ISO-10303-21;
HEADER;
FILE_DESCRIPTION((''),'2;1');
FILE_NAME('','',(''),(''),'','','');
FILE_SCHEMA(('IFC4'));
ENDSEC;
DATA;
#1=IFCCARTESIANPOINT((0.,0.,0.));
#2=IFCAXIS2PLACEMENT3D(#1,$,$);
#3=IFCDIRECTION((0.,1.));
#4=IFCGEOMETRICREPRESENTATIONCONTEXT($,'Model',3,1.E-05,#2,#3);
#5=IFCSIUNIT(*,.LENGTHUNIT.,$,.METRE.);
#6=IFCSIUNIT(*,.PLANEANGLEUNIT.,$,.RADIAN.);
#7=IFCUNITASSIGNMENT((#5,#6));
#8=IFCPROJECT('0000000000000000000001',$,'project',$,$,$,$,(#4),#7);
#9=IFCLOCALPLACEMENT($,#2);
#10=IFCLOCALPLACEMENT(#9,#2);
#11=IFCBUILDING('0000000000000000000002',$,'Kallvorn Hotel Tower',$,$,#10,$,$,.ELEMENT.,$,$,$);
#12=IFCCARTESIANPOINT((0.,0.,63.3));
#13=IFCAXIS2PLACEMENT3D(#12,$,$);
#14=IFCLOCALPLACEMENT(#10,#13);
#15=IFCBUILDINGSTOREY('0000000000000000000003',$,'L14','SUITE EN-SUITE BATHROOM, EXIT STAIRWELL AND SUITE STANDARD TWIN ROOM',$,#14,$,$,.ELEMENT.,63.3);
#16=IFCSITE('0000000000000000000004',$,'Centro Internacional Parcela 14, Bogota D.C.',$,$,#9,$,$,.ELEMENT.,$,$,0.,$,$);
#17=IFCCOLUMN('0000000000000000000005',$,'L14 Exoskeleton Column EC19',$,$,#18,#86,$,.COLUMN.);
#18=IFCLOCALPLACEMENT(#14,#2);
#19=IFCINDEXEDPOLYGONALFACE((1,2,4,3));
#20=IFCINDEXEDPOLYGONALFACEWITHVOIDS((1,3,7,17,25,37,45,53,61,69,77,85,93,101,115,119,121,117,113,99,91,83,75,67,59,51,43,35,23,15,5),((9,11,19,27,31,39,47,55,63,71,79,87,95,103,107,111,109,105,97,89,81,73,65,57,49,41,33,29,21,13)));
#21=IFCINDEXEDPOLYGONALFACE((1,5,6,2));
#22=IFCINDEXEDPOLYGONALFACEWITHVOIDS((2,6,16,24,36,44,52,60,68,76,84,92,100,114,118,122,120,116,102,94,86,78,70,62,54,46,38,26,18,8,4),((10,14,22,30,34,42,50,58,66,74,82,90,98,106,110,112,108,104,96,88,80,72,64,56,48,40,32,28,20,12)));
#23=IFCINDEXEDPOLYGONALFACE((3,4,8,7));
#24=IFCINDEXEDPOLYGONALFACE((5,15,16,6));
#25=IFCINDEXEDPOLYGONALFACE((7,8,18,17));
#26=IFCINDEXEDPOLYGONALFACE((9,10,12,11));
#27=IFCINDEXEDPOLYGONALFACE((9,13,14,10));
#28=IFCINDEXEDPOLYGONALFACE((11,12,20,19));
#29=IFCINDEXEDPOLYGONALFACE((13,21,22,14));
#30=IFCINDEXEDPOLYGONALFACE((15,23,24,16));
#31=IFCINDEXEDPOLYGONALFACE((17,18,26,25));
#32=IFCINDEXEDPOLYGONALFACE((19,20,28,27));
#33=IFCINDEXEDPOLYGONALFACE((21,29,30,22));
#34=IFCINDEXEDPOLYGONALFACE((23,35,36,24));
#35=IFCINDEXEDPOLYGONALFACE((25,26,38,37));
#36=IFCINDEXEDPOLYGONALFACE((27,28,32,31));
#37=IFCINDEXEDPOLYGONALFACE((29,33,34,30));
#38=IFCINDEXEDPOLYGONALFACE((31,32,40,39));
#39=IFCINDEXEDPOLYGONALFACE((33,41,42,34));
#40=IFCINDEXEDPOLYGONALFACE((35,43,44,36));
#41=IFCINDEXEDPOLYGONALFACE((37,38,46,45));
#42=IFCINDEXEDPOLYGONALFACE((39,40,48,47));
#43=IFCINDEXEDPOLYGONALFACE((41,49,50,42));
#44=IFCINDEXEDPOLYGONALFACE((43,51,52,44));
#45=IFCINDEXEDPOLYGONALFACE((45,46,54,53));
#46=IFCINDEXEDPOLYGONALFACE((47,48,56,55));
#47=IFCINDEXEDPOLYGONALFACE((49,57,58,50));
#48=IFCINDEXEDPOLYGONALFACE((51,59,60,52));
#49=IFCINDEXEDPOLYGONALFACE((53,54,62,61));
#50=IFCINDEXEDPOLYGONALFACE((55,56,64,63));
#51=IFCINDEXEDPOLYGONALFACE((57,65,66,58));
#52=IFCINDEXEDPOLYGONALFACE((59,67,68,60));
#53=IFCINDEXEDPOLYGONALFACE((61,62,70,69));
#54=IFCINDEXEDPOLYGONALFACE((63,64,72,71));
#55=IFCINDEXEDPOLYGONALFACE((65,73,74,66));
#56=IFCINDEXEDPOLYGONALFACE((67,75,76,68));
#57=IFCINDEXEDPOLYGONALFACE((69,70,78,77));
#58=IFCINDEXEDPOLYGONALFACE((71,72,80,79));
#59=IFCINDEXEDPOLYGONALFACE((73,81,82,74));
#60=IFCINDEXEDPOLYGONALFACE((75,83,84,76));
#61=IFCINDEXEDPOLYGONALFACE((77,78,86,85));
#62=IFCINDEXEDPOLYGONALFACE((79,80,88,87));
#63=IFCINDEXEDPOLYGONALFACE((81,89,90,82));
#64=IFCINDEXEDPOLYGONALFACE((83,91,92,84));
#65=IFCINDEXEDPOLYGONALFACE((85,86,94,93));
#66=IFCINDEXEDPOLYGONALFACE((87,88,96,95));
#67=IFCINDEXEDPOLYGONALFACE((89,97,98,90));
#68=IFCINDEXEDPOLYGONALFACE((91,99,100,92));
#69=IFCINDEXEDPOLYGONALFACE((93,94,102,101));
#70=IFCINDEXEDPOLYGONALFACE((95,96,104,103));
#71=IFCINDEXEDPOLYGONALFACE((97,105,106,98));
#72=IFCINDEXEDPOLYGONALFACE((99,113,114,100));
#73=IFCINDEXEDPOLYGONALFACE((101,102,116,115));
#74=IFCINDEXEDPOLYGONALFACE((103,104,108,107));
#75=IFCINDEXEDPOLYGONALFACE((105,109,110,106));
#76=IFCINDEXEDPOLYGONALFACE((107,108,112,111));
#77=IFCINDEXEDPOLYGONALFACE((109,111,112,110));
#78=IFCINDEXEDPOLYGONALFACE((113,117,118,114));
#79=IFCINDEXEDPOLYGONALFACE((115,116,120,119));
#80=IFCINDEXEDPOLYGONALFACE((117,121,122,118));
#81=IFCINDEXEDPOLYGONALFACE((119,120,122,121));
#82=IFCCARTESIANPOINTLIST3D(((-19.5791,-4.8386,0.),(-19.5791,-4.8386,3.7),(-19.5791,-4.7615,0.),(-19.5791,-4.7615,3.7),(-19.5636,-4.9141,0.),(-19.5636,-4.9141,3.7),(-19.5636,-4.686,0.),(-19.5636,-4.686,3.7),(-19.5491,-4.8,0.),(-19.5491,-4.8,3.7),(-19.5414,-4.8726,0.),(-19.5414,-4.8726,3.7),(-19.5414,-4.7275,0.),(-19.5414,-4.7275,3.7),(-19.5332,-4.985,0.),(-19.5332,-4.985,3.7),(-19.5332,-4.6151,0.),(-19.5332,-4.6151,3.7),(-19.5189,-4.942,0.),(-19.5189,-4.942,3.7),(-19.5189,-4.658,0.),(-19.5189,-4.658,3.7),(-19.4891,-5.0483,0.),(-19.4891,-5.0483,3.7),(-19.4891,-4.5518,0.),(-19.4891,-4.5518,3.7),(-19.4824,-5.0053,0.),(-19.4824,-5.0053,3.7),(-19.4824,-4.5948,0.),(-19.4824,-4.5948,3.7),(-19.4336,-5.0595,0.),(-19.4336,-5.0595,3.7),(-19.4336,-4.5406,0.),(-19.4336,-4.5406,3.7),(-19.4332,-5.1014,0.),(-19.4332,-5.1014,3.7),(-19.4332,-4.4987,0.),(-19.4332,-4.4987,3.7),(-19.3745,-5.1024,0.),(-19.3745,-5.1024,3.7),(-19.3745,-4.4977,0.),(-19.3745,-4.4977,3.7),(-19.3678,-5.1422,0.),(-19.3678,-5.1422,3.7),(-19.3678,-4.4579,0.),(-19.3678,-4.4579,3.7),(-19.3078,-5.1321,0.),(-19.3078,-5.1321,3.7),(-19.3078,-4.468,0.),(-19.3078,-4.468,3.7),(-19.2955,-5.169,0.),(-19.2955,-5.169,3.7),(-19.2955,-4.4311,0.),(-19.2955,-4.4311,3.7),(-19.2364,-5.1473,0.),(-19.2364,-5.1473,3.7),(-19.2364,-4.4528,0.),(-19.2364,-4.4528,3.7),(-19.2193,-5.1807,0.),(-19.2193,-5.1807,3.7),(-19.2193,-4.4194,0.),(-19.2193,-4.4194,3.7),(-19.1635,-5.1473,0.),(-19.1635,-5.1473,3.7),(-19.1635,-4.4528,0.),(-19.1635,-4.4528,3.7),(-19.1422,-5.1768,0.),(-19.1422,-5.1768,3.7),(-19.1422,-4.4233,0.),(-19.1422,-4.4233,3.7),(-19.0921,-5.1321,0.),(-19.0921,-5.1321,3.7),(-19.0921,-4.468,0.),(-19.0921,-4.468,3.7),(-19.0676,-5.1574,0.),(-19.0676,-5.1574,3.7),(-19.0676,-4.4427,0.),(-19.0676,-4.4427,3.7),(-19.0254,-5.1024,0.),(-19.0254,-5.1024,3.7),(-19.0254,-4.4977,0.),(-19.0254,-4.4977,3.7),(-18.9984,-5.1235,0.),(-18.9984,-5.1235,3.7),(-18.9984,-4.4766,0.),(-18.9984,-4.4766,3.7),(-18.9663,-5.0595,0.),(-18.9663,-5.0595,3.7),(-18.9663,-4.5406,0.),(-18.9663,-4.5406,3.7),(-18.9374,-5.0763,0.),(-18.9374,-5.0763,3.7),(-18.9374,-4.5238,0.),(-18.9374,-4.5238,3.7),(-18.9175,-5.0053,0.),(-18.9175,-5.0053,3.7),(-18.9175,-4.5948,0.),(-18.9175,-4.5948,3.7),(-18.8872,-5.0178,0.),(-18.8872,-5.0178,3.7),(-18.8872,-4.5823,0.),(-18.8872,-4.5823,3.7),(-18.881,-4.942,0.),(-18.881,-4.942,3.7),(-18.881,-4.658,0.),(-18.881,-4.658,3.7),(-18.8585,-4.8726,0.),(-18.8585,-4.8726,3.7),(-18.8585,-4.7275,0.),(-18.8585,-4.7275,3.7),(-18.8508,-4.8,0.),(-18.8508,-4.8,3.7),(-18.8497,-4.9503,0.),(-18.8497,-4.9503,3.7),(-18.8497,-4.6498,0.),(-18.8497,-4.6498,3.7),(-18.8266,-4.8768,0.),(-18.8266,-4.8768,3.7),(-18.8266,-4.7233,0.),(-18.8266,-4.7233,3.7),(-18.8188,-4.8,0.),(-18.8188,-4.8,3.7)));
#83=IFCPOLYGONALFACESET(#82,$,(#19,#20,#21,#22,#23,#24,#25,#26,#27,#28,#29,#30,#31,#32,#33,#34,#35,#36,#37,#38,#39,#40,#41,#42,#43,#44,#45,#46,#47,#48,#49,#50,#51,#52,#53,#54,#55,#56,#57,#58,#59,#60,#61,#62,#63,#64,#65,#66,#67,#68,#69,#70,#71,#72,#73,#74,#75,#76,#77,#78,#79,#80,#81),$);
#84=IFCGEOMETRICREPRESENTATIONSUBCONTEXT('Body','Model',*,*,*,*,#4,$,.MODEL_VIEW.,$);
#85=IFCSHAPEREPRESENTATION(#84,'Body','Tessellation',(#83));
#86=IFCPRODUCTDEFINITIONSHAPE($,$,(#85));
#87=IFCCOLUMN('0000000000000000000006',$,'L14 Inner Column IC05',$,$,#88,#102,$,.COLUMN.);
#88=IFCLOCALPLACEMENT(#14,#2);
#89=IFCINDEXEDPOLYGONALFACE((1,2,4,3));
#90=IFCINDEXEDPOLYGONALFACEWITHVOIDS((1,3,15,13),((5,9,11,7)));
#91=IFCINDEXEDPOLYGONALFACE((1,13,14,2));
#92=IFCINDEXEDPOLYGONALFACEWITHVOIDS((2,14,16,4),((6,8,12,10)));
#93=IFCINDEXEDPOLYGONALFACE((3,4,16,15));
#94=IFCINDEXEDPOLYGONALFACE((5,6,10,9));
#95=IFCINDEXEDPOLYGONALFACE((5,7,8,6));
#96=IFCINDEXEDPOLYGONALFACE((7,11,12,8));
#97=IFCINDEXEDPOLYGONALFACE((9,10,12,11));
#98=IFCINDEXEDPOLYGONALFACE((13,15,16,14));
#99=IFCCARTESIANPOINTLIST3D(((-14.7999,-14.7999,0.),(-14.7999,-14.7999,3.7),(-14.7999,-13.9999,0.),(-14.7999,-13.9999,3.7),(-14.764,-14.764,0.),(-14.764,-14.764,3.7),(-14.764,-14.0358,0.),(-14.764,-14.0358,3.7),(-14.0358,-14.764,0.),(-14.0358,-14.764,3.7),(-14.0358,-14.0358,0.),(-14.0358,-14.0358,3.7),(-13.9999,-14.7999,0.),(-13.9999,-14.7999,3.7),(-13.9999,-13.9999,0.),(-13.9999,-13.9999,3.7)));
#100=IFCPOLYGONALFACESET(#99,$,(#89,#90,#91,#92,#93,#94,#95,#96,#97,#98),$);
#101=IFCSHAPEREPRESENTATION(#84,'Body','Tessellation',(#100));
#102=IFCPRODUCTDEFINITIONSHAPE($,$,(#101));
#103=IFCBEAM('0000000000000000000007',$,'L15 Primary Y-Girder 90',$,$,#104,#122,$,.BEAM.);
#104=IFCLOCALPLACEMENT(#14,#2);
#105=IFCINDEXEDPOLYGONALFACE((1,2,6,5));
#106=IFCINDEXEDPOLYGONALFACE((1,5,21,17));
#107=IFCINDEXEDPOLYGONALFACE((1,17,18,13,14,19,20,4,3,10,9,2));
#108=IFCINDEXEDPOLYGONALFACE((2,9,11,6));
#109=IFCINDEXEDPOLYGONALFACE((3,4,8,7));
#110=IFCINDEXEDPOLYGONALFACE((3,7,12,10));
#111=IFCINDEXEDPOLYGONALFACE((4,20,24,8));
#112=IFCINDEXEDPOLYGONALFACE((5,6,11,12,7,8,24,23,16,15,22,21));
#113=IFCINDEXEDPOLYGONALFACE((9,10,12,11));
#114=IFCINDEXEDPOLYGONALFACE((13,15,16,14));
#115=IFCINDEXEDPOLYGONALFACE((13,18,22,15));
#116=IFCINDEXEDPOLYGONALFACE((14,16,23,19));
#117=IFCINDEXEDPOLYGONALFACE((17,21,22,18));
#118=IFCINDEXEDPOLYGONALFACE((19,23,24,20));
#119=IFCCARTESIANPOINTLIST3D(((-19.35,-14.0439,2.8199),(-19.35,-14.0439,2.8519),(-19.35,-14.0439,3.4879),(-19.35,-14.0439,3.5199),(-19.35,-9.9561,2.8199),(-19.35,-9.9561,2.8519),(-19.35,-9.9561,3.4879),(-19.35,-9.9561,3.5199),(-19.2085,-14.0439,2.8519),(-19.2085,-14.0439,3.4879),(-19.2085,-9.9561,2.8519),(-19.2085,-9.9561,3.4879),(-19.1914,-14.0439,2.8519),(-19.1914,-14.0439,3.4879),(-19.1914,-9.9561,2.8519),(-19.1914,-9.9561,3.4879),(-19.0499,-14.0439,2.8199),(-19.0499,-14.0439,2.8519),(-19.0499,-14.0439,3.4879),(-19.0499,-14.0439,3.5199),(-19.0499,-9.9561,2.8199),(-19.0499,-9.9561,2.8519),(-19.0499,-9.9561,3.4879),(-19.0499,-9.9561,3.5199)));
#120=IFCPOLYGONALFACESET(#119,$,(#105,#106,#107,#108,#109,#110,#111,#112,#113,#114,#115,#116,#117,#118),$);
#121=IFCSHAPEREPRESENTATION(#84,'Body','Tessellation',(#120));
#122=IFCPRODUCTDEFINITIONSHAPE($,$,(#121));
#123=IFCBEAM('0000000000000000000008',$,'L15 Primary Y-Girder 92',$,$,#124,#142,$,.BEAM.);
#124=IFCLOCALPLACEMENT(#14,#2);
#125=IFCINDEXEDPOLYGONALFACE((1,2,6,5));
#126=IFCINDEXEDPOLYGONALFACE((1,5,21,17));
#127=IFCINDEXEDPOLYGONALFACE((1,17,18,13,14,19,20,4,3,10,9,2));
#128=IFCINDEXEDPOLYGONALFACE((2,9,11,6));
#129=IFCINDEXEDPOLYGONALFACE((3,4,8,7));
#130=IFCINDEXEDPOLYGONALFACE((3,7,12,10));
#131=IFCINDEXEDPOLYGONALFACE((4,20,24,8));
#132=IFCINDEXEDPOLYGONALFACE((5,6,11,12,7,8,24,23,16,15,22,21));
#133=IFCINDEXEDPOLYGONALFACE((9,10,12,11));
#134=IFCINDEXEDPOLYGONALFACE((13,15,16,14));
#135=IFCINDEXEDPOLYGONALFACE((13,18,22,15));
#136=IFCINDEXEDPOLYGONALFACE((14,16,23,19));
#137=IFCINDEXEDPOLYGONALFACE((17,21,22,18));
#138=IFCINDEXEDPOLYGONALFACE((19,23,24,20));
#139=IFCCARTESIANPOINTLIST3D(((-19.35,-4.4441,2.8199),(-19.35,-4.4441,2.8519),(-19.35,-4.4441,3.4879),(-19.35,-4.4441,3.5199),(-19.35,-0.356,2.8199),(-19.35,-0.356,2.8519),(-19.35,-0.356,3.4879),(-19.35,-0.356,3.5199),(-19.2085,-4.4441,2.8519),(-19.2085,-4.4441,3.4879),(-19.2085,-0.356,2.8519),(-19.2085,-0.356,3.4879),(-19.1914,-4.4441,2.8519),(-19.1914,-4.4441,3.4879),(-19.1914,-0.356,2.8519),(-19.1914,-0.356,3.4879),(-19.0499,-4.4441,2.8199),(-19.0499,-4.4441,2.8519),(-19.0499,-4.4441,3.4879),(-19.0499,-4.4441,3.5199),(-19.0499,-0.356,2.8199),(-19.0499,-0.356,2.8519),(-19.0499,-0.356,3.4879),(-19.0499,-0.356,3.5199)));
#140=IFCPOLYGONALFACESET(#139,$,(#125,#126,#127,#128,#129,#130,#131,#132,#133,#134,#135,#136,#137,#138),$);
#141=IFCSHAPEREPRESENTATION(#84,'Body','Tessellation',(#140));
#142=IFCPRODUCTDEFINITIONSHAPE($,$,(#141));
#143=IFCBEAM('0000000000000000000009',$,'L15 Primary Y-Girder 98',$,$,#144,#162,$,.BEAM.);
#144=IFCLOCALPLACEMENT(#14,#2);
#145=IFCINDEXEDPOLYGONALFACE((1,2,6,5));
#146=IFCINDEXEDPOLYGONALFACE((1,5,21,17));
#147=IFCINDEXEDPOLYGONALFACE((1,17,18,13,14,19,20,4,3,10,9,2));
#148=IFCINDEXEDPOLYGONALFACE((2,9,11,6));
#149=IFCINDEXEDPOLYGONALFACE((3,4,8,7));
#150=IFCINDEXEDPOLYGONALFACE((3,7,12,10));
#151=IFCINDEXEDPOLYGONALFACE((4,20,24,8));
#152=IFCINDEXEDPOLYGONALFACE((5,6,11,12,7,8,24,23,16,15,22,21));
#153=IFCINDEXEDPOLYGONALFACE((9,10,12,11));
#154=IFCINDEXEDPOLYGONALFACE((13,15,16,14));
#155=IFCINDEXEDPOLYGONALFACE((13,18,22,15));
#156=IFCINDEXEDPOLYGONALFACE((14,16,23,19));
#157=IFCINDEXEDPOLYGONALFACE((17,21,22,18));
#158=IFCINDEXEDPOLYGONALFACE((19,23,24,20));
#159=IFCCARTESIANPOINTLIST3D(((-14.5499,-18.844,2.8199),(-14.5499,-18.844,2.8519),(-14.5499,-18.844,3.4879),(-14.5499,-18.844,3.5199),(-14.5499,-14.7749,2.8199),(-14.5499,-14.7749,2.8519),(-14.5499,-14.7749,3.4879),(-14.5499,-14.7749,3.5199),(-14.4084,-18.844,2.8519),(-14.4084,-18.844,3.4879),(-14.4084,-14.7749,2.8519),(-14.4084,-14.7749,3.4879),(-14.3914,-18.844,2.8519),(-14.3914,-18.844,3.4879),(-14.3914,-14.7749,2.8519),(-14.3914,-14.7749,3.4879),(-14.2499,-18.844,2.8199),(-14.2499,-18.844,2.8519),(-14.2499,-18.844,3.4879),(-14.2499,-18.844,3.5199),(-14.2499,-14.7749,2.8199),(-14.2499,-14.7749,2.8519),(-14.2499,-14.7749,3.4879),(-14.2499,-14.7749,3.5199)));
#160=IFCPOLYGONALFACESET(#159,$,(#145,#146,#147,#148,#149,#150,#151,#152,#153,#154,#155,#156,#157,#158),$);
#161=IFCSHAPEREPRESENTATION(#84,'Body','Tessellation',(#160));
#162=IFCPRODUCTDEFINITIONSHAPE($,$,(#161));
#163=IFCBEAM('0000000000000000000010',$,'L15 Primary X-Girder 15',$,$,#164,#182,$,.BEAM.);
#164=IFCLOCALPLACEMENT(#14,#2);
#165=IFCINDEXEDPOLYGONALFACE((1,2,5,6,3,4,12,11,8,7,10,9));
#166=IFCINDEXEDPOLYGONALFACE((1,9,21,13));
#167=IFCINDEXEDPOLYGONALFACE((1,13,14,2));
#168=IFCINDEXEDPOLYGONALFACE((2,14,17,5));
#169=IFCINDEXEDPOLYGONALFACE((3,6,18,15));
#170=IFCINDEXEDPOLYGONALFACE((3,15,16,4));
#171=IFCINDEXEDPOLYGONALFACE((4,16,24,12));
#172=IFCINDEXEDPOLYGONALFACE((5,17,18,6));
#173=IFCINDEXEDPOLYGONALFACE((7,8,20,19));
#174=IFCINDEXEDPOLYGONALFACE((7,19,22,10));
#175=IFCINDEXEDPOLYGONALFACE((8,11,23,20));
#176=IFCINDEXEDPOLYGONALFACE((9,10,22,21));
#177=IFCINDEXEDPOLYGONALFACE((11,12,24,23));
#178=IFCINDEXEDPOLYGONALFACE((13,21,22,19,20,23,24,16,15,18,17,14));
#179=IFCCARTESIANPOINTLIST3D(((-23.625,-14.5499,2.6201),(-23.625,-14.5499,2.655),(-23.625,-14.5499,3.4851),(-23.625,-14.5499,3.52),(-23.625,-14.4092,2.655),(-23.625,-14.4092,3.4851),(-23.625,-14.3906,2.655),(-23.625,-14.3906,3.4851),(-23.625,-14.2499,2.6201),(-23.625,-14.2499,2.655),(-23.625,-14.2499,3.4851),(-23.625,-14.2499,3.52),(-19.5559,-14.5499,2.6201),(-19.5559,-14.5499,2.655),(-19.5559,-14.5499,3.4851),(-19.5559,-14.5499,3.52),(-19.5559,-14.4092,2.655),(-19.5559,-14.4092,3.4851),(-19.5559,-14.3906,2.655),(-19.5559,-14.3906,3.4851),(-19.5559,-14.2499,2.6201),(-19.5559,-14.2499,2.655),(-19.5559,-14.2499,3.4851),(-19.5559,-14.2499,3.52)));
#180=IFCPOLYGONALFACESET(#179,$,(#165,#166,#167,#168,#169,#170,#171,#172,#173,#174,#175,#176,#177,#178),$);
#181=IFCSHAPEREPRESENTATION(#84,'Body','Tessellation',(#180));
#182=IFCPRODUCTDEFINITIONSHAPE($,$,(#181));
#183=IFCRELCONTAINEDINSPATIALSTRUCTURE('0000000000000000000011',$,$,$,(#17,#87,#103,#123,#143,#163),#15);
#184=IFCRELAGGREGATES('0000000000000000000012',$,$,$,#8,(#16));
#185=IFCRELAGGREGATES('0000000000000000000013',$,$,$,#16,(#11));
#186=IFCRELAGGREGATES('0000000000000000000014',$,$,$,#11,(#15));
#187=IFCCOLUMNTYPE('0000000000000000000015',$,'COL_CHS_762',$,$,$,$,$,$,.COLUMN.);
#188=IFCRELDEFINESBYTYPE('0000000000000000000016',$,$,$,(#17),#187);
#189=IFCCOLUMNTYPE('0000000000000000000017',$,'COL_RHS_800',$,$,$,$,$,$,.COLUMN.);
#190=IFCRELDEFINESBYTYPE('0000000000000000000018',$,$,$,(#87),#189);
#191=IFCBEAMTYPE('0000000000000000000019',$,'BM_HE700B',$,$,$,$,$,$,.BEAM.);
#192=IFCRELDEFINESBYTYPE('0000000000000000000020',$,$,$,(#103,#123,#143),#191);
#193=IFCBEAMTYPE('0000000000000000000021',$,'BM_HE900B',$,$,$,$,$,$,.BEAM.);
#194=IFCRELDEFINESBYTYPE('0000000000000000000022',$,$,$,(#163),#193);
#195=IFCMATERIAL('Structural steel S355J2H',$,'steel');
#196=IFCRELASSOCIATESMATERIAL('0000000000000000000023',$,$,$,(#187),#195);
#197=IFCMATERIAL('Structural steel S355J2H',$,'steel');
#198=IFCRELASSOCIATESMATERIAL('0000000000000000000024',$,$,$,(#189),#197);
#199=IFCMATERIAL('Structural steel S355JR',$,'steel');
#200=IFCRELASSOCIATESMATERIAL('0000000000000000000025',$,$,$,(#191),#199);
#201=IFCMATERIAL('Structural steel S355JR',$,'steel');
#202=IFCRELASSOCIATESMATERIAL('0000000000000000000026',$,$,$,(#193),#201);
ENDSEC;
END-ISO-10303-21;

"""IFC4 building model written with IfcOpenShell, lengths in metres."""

from ifc_helpers import new_model, si_unit, direction, frame, origin, origin_2d, place, context, subcontext, project, spatial, hollow_rectangle, hollow_circle, i_section, extrude, material, material_profile, profile_set, type_object, element, save


model = new_model("IFC4")

# Units and contexts
model_context = context("Model", 3, precision=1e-05, world=origin(), true_north=direction((0.0, 1.0)))
body_context = subcontext(model_context, "Body", "Model", "MODEL_VIEW")
ifc_project = project(units=[si_unit("LENGTHUNIT", "METRE"), si_unit("PLANEANGLEUNIT", "RADIAN")], contexts=[model_context])

# Site, building, storey
site_placement = place(None, origin())
site = spatial("IfcSite", under=ifc_project, at=site_placement, Name="Centro Internacional Parcela 14, Bogota D.C.", CompositionType="ELEMENT", RefElevation=0.0)
building_placement = place(site_placement, origin())
building = spatial("IfcBuilding", under=site, at=building_placement, Name="Kallvorn Hotel Tower", CompositionType="ELEMENT")
storey_placement = place(building_placement, frame((0.0, 0.0, 63.3)))
storey = spatial("IfcBuildingStorey", under=building, at=storey_placement, Name="L14", Description="SUITE EN-SUITE BATHROOM, EXIT STAIRWELL AND SUITE STANDARD TWIN ROOM", CompositionType="ELEMENT", Elevation=63.3)

# Columns
ifc_material_1 = material(Name="Structural steel S355J2H", Category="steel")
ifc_material_profile_1 = material_profile(ifc_material_1, hollow_circle(Radius=0.3811, WallThickness=0.032, at=origin_2d()), Name="CHS 762x32")
ifc_profile_set_1 = profile_set([ifc_material_profile_1], Name="Structural steel S355J2H")
column_type_1 = type_object("IfcColumnType", Name="COL_CHS_762", PredefinedType="COLUMN", material=ifc_profile_set_1)
for number, where, z_axis, x_axis, name in (
    (1, (-19.2, -4.8, 0.0), (0.0, 0.0, 1.0), (1.0, 0.0, 0.0), "L14 Exoskeleton Column EC19"),
):
    element("IfcColumn", number, at=place(storey_placement, frame(where, z_axis=z_axis, x_axis=x_axis)), inside=storey, type_object=column_type_1, Name=name, PredefinedType="COLUMN", context=body_context, shape_type="SweptSolid", body=[
        extrude(hollow_circle(Radius=0.3811, WallThickness=0.032, at=origin_2d()), origin(), (0.0, 0.0, 1.0), 3.7),
    ])
ifc_material_2 = material(Name="Structural steel S355J2H", Category="steel")
ifc_material_profile_2 = material_profile(ifc_material_2, hollow_rectangle(XDim=0.8, YDim=0.8, WallThickness=0.0359, at=origin_2d()), Name="RHS 800x800x36")
ifc_profile_set_2 = profile_set([ifc_material_profile_2], Name="Structural steel S355J2H")
column_type_2 = type_object("IfcColumnType", Name="COL_RHS_800", PredefinedType="COLUMN", material=ifc_profile_set_2)
column_placement = place(storey_placement, frame((-14.3999, -14.3999, 0.0), z_axis=(0.0, 0.0, 1.0), x_axis=(1.0, 0.0, 0.0)))
element("IfcColumn", 2, at=column_placement, inside=storey, type_object=column_type_2, Name="L14 Inner Column IC05", PredefinedType="COLUMN", context=body_context, shape_type="SweptSolid", body=[
    extrude(hollow_rectangle(XDim=0.8, YDim=0.8, WallThickness=0.0359, at=origin_2d()), origin(), (0.0, 0.0, 1.0), 3.7),
])

# Beams
ifc_material_3 = material(Name="Structural steel S355JR", Category="steel")
ifc_material_profile_3 = material_profile(ifc_material_3, i_section(OverallWidth=0.3, OverallDepth=0.7, WebThickness=0.0171, FlangeThickness=0.032, at=origin_2d()), Name="HE 700 B")
ifc_profile_set_3 = profile_set([ifc_material_profile_3], Name="Structural steel S355JR")
beam_type_1 = type_object("IfcBeamType", Name="BM_HE700B", PredefinedType="BEAM", material=ifc_profile_set_3)
beam_1_placement = place(storey_placement, frame((-19.2, -14.0439, 3.1699), z_axis=(0.0, 1.0, 0.0), x_axis=(-1.0, 0.0, 0.0)))
element("IfcBeam", 3, at=beam_1_placement, inside=storey, type_object=beam_type_1, Name="L15 Primary Y-Girder 90", PredefinedType="BEAM", context=body_context, shape_type="SweptSolid", body=[
    extrude(i_section(OverallWidth=0.3, OverallDepth=0.7, WebThickness=0.0171, FlangeThickness=0.032, at=origin_2d()), origin(), (0.0, 0.0, 1.0), 4.0879),
])
beam_2_placement = place(storey_placement, frame((-19.2, -4.4441, 3.1699), z_axis=(0.0, 1.0, 0.0), x_axis=(-1.0, 0.0, 0.0)))
element("IfcBeam", 4, at=beam_2_placement, inside=storey, type_object=beam_type_1, Name="L15 Primary Y-Girder 92", PredefinedType="BEAM", context=body_context, shape_type="SweptSolid", body=[
    extrude(i_section(OverallWidth=0.3, OverallDepth=0.7, WebThickness=0.0171, FlangeThickness=0.032, at=origin_2d()), origin(), (0.0, 0.0, 1.0), 4.0881),
])
beam_3_placement = place(storey_placement, frame((-14.3999, -18.844, 3.1699), z_axis=(0.0, 1.0, 0.0), x_axis=(-1.0, 0.0, 0.0)))
element("IfcBeam", 5, at=beam_3_placement, inside=storey, type_object=beam_type_1, Name="L15 Primary Y-Girder 98", PredefinedType="BEAM", context=body_context, shape_type="SweptSolid", body=[
    extrude(i_section(OverallWidth=0.3, OverallDepth=0.7, WebThickness=0.0171, FlangeThickness=0.032, at=origin_2d()), origin(), (0.0, 0.0, 1.0), 4.0691),
])
ifc_material_4 = material(Name="Structural steel S355JR", Category="steel")
ifc_material_profile_4 = material_profile(ifc_material_4, i_section(OverallWidth=0.3, OverallDepth=0.8999, WebThickness=0.0186, FlangeThickness=0.0349, at=origin_2d()), Name="HE 900 B")
ifc_profile_set_4 = profile_set([ifc_material_profile_4], Name="Structural steel S355JR")
beam_type_2 = type_object("IfcBeamType", Name="BM_HE900B", PredefinedType="BEAM", material=ifc_profile_set_4)
for number, where, z_axis, x_axis, name in (
    (6, (-23.625, -14.3999, 3.0701), (1.0, 0.0, 0.0), (0.0, 1.0, 0.0), "L15 Primary X-Girder 15"),
):
    element("IfcBeam", number, at=place(storey_placement, frame(where, z_axis=z_axis, x_axis=x_axis)), inside=storey, type_object=beam_type_2, Name=name, PredefinedType="BEAM", context=body_context, shape_type="SweptSolid", body=[
        extrude(i_section(OverallWidth=0.3, OverallDepth=0.8999, WebThickness=0.0186, FlangeThickness=0.0349, at=origin_2d()), origin(), (0.0, 0.0, 1.0), 4.0691),
    ])

save(model, "model.ifc")
